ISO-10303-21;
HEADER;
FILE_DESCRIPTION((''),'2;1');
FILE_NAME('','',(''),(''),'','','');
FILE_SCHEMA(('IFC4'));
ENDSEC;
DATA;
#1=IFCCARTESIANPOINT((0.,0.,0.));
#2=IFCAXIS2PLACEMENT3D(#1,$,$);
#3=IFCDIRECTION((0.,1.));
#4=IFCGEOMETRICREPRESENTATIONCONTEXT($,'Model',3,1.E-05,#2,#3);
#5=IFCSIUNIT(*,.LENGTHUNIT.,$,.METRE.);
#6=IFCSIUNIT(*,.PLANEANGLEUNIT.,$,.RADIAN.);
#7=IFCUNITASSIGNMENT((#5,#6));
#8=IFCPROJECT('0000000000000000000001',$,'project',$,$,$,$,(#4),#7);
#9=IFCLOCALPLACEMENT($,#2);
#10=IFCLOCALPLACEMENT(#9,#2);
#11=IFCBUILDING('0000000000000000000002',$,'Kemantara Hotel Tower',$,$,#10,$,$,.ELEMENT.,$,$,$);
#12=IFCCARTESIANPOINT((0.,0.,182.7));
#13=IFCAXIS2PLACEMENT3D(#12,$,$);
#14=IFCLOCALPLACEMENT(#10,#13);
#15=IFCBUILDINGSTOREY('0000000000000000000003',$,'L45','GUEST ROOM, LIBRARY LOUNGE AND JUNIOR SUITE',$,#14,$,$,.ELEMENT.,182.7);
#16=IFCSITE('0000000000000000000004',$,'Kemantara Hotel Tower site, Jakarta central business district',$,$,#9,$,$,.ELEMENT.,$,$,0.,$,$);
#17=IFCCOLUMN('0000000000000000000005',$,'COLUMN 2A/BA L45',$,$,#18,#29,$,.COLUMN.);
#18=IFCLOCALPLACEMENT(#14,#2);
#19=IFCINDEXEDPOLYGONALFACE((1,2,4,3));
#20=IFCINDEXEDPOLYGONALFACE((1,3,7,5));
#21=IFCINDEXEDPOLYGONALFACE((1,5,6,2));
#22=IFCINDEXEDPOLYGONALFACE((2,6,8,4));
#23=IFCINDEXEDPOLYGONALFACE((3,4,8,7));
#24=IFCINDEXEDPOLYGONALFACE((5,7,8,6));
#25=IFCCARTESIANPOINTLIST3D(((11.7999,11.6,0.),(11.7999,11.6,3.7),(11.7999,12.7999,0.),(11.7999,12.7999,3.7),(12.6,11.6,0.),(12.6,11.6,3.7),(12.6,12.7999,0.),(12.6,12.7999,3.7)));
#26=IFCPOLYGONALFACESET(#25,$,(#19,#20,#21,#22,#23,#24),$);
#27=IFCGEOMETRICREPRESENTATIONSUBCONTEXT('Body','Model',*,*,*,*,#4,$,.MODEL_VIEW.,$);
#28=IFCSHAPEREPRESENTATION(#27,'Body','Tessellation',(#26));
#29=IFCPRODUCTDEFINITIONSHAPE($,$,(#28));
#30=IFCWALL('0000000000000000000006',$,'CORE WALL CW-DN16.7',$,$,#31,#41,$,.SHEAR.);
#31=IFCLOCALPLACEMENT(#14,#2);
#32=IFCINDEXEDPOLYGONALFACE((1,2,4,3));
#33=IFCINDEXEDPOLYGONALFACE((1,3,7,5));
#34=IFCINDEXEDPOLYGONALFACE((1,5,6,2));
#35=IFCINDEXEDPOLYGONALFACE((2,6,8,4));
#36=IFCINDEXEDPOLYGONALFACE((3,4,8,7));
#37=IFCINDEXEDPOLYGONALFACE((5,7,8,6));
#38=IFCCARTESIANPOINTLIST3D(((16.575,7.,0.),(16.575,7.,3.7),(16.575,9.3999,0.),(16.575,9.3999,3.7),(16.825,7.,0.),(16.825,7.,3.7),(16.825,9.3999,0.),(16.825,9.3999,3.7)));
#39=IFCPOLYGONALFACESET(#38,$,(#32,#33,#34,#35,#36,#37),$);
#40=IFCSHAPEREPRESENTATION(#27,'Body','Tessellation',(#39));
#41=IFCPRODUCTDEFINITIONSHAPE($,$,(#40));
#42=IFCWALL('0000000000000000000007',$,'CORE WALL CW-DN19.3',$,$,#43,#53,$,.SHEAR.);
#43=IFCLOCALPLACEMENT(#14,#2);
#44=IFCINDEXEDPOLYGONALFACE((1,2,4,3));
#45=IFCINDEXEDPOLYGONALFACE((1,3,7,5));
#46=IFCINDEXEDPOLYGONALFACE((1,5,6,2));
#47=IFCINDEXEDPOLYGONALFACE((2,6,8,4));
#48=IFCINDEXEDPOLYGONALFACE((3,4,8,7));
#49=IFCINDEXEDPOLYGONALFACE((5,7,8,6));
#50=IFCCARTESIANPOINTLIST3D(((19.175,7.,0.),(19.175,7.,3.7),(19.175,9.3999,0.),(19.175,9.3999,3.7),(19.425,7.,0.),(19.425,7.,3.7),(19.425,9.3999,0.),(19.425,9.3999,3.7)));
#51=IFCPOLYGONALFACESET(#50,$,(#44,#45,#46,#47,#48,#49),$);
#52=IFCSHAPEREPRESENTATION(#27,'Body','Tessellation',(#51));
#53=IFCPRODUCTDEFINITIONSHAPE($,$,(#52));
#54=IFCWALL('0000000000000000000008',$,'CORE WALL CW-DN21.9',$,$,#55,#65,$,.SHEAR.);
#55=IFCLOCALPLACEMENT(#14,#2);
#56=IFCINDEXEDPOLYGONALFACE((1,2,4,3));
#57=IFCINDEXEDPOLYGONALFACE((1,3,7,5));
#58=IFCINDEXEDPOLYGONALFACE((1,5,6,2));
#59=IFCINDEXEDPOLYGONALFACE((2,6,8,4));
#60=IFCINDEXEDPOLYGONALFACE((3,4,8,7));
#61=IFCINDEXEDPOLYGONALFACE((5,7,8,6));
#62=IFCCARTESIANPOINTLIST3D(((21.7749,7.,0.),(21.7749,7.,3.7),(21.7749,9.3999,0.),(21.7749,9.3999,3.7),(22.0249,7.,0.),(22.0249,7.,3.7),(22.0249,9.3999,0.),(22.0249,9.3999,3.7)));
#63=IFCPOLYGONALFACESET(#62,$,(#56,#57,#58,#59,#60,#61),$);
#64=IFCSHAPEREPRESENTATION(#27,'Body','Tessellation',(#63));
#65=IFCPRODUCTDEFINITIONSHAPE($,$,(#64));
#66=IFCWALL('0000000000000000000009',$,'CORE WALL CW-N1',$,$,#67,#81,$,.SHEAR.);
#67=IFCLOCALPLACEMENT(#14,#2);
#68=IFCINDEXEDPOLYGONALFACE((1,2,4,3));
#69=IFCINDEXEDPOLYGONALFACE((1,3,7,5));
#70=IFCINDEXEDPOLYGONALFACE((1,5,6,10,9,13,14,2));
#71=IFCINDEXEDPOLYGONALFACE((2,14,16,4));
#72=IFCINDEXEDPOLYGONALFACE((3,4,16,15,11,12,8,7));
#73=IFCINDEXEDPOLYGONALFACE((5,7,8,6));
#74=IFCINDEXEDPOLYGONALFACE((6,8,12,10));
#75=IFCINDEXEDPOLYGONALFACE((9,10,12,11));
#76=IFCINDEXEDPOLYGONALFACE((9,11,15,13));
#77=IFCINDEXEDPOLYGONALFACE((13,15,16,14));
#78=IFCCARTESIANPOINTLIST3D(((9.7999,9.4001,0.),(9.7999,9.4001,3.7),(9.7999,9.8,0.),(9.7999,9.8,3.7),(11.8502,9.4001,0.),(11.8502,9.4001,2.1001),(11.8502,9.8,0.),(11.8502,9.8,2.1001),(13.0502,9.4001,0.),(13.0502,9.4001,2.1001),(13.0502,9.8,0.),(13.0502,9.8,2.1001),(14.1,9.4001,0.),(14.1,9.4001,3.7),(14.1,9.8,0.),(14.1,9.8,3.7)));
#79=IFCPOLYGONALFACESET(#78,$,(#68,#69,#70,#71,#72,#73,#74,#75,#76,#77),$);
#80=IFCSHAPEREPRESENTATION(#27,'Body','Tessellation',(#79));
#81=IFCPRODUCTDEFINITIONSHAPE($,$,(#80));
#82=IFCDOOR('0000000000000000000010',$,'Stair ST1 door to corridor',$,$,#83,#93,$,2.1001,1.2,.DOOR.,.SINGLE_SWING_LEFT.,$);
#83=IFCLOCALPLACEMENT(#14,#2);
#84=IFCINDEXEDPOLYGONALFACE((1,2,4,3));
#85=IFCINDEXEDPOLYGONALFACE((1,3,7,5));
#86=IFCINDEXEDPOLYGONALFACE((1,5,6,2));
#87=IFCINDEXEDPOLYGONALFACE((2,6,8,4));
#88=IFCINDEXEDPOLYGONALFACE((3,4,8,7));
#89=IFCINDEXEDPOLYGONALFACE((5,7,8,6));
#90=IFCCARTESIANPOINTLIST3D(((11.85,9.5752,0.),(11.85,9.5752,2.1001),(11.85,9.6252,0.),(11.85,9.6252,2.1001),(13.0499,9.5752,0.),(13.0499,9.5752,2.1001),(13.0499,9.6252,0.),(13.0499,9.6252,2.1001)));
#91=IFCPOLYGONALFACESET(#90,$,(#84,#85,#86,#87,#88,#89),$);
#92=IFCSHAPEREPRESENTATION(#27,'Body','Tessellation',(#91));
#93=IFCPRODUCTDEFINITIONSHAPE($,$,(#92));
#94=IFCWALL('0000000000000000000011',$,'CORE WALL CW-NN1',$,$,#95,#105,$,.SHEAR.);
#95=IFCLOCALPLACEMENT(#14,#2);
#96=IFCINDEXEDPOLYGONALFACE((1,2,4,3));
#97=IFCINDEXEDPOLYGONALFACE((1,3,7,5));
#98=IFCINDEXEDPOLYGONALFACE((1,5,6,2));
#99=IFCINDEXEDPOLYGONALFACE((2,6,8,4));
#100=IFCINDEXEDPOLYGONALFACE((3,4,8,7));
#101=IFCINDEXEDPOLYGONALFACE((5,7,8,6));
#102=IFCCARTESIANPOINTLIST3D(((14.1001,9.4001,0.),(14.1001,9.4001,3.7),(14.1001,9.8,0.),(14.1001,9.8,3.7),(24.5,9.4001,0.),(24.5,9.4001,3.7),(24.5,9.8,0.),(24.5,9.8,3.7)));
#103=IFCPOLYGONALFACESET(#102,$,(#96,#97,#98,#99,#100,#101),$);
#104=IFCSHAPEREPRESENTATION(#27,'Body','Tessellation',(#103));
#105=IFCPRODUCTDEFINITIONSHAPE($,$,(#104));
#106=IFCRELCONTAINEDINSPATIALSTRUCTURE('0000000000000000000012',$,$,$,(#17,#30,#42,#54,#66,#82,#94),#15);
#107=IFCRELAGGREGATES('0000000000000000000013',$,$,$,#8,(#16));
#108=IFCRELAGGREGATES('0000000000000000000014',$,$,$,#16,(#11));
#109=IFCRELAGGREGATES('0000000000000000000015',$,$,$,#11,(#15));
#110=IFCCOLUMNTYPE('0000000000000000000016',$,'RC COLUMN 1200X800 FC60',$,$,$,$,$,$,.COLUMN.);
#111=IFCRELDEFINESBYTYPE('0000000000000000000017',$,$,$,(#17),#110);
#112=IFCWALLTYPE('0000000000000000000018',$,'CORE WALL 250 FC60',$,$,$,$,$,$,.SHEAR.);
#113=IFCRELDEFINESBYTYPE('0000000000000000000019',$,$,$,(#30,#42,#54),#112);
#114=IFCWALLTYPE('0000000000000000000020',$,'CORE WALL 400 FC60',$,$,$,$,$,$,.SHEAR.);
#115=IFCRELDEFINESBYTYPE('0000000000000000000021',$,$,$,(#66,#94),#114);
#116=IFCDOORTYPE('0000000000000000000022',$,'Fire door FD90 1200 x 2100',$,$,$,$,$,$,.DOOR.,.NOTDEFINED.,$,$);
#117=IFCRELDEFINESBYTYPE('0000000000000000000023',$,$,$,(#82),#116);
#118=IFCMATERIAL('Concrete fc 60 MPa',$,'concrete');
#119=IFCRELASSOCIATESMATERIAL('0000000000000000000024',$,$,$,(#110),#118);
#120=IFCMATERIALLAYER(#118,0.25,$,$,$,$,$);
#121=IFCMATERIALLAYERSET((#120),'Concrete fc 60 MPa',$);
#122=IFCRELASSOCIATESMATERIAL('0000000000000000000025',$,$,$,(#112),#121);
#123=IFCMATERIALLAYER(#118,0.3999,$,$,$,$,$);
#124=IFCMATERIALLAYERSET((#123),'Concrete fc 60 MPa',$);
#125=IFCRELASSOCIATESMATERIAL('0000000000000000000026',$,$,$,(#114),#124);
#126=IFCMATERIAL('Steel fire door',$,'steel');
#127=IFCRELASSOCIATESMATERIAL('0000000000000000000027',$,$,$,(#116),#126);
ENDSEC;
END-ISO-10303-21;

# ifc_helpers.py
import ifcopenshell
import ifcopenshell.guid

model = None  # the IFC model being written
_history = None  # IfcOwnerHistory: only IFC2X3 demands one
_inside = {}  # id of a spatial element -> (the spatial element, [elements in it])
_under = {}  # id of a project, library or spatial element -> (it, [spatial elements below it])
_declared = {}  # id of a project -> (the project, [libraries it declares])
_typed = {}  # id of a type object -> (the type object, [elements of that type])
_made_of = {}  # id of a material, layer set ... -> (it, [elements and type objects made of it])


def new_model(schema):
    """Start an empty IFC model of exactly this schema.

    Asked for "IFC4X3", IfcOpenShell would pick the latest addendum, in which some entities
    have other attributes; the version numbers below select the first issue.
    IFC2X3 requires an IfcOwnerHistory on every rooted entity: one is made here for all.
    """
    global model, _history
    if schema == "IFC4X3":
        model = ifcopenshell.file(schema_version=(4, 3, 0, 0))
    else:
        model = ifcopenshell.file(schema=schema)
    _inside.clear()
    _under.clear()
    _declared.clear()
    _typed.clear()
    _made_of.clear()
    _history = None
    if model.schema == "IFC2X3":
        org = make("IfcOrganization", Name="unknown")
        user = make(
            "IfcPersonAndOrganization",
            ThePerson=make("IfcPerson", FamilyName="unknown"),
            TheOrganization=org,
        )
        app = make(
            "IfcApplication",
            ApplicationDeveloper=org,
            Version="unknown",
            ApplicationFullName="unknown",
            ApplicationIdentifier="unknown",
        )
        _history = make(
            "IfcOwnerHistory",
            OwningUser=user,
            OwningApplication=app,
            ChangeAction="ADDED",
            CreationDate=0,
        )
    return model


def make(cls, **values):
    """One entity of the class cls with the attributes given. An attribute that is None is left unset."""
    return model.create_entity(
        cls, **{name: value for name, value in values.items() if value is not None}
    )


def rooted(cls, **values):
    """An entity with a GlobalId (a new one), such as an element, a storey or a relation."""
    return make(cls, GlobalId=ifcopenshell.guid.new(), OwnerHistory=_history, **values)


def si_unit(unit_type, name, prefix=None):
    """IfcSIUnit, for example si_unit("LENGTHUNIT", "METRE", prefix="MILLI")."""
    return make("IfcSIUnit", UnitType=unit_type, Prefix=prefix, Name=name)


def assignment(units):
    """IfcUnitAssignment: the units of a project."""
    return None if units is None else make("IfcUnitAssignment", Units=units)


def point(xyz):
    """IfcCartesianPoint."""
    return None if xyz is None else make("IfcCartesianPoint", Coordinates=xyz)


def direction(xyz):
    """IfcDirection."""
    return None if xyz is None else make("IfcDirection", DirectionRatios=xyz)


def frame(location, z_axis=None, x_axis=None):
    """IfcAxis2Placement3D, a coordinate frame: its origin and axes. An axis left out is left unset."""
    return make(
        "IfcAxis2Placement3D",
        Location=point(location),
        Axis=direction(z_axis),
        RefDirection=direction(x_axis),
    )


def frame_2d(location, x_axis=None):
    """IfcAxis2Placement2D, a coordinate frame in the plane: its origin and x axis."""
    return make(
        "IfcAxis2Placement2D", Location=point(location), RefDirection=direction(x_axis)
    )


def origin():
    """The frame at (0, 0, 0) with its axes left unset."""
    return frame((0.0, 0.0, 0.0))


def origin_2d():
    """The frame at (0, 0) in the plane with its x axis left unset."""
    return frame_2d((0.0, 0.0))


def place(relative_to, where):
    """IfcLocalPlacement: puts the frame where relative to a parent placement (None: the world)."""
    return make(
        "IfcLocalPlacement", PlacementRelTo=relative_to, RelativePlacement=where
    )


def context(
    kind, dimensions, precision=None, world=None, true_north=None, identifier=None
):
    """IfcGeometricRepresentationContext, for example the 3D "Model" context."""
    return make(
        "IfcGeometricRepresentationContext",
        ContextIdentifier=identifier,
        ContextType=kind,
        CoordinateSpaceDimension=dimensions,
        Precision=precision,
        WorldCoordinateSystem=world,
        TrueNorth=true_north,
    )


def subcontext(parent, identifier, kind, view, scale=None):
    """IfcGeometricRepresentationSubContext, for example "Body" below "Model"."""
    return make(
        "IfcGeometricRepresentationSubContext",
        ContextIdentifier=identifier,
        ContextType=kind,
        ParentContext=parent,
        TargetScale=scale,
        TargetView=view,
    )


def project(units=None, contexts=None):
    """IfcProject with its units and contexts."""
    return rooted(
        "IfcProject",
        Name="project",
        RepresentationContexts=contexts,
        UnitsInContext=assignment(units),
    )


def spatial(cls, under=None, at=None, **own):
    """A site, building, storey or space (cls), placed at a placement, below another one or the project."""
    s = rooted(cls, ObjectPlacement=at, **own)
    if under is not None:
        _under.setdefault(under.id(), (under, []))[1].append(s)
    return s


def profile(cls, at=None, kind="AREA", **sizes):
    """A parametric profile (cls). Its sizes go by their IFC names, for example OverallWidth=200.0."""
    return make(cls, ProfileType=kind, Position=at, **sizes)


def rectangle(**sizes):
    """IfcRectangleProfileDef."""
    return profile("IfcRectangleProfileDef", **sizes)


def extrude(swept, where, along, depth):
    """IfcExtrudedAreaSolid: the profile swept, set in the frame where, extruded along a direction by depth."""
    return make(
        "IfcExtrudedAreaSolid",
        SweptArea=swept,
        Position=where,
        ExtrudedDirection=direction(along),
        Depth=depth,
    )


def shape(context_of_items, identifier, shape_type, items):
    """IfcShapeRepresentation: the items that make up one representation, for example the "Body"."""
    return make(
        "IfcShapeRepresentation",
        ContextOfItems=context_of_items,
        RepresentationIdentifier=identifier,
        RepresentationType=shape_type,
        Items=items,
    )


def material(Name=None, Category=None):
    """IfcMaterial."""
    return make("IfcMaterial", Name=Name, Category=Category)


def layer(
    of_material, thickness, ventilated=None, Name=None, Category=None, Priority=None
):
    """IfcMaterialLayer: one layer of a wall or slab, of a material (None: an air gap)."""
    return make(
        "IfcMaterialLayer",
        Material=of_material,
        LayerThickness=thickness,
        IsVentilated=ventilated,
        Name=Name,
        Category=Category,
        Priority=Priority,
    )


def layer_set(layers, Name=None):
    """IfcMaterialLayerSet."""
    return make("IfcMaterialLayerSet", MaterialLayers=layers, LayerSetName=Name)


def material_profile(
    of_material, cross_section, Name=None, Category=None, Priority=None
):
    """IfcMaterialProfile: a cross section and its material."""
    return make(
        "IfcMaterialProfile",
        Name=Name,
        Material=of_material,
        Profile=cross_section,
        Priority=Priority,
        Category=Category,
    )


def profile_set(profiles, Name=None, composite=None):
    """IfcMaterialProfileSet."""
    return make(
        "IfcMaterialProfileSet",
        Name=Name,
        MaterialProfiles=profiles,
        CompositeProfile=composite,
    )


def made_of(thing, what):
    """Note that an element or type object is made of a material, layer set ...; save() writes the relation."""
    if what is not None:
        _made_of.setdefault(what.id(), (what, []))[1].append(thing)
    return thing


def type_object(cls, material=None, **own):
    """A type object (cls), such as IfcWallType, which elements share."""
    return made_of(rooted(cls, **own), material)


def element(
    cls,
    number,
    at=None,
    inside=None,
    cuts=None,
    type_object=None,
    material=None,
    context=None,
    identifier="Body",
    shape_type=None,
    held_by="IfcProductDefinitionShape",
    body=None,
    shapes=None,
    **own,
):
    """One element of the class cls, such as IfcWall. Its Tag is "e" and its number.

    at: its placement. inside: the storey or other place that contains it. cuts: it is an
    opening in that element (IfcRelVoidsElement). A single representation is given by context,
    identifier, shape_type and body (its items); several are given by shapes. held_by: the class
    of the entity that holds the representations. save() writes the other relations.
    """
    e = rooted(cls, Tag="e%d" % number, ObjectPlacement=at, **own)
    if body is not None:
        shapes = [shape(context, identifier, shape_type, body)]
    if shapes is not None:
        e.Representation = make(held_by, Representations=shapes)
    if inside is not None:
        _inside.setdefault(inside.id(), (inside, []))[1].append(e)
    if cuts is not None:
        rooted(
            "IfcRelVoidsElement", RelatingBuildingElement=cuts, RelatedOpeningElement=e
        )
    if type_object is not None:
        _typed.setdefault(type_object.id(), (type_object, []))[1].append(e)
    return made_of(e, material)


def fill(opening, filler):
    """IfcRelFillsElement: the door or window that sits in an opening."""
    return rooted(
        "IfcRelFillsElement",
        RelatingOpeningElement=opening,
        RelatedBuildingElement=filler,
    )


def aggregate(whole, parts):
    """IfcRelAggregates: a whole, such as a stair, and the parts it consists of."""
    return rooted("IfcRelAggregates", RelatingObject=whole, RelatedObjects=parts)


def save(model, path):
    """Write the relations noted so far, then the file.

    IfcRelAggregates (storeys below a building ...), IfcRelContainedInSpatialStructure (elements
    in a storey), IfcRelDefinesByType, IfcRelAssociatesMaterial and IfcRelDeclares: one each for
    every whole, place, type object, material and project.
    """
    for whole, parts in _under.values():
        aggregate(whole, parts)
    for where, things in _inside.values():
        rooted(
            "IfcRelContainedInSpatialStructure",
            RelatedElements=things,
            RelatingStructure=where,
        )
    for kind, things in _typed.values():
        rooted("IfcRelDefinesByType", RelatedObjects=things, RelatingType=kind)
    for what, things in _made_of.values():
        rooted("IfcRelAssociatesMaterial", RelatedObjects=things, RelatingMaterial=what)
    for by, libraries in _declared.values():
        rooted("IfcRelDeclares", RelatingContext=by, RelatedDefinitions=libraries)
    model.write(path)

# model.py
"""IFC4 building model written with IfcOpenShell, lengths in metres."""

from ifc_helpers import new_model, si_unit, direction, frame, frame_2d, origin, origin_2d, place, context, subcontext, project, spatial, rectangle, extrude, material, layer, layer_set, material_profile, profile_set, type_object, element, fill, save


model = new_model("IFC4")

# Units and contexts
model_context = context("Model", 3, precision=1e-05, world=origin(), true_north=direction((0.0, 1.0)))
body_context = subcontext(model_context, "Body", "Model", "MODEL_VIEW")
ifc_project = project(units=[si_unit("LENGTHUNIT", "METRE"), si_unit("PLANEANGLEUNIT", "RADIAN")], contexts=[model_context])

# Site, building, storey
site_placement = place(None, origin())
site = spatial("IfcSite", under=ifc_project, at=site_placement, Name="Kemantara Hotel Tower site, Jakarta central business district", CompositionType="ELEMENT", RefElevation=0.0)
building_placement = place(site_placement, origin())
building = spatial("IfcBuilding", under=site, at=building_placement, Name="Kemantara Hotel Tower", CompositionType="ELEMENT")
storey_placement = place(building_placement, frame((0.0, 0.0, 182.7)))
storey = spatial("IfcBuildingStorey", under=building, at=storey_placement, Name="L45", Description="GUEST ROOM, LIBRARY LOUNGE AND JUNIOR SUITE", CompositionType="ELEMENT", Elevation=182.7)

# Column
ifc_material_1 = material(Name="Concrete fc 60 MPa", Category="concrete")
ifc_material_profile = material_profile(ifc_material_1, rectangle(XDim=1.2, YDim=0.8, at=origin_2d()), Name="RC 1200X800")
ifc_profile_set = profile_set([ifc_material_profile], Name="Concrete fc 60 MPa")
column_type = type_object("IfcColumnType", Name="RC COLUMN 1200X800 FC60", PredefinedType="COLUMN", material=ifc_profile_set)
column_placement = place(storey_placement, frame((12.2, 12.2, 0.0), z_axis=(0.0, 0.0, 1.0), x_axis=(0.0, 1.0, 0.0)))
element("IfcColumn", 1, at=column_placement, inside=storey, type_object=column_type, Name="COLUMN 2A/BA L45", PredefinedType="COLUMN", context=body_context, shape_type="SweptSolid", body=[
    extrude(rectangle(XDim=1.2, YDim=0.8, at=origin_2d()), origin(), (0.0, 0.0, 1.0), 3.7),
])

# Walls
ifc_layer_1 = layer(ifc_material_1, 0.25)
ifc_layer_set_1 = layer_set([ifc_layer_1], Name="Concrete fc 60 MPa")
wall_type_1 = type_object("IfcWallType", Name="CORE WALL 250 FC60", PredefinedType="SHEAR", material=ifc_layer_set_1)
for number, where, z_axis, x_axis, name in (
    (2, (16.7, 7.0, 0.0), (0.0, 0.0, 1.0), (0.0, 1.0, 0.0), "CORE WALL CW-DN16.7"),
    (3, (19.3, 7.0, 0.0), (0.0, 0.0, 1.0), (0.0, 1.0, 0.0), "CORE WALL CW-DN19.3"),
    (4, (21.8999, 7.0, 0.0), (0.0, 0.0, 1.0), (0.0, 1.0, 0.0), "CORE WALL CW-DN21.9"),
):
    element("IfcWall", number, at=place(storey_placement, frame(where, z_axis=z_axis, x_axis=x_axis)), inside=storey, type_object=wall_type_1, Name=name, PredefinedType="SHEAR", context=body_context, shape_type="SweptSolid", body=[
        extrude(rectangle(XDim=2.3999, YDim=0.25, at=frame_2d((1.2, 0.0))), origin(), (0.0, 0.0, 1.0), 3.7),
    ])

# Wall, opening, door
ifc_layer_2 = layer(ifc_material_1, 0.3999)
ifc_layer_set_2 = layer_set([ifc_layer_2], Name="Concrete fc 60 MPa")
wall_type_2 = type_object("IfcWallType", Name="CORE WALL 400 FC60", PredefinedType="SHEAR", material=ifc_layer_set_2)
wall_1_placement = place(storey_placement, frame((9.8, 9.6001, 0.0), z_axis=(0.0, 0.0, 1.0), x_axis=(1.0, 0.0, 0.0)))
wall_1 = element("IfcWall", 5, at=wall_1_placement, inside=storey, type_object=wall_type_2, Name="CORE WALL CW-N1", PredefinedType="SHEAR", context=body_context, shape_type="SweptSolid", body=[
    extrude(rectangle(XDim=4.3, YDim=0.3999, at=frame_2d((2.1499, 0.0))), origin(), (0.0, 0.0, 1.0), 3.7),
])
opening_1_placement = place(wall_1_placement, frame((2.05, 0.0, 0.0)))
opening_1 = element("IfcOpeningElement", 6, at=opening_1_placement, cuts=wall_1, PredefinedType="OPENING", context=body_context, shape_type="SweptSolid", body=[
    extrude(rectangle(XDim=1.2, YDim=2.1001, at=frame_2d((0.6001, 1.05))), frame((0.0, 0.21, 0.0), z_axis=(0.0, -1.0, 0.0), x_axis=(1.0, 0.0, 0.0)), (0.0, 0.0, 1.0), 0.4199),
])
ifc_material_2 = material(Name="Steel fire door", Category="steel")
door_type_1 = type_object("IfcDoorType", Name="Fire door FD90 1200 x 2100", OperationType="NOTDEFINED", PredefinedType="DOOR", material=ifc_material_2)
door_1_placement = place(opening_1_placement, frame((1.2, 0.0, 0.0), z_axis=(0.0, 0.0, 1.0), x_axis=(-1.0, 0.0, 0.0)))
door_1 = element("IfcDoor", 7, at=door_1_placement, inside=storey, type_object=door_type_1, Name="Stair ST1 door to corridor", OperationType="SINGLE_SWING_LEFT", OverallHeight=2.1001, OverallWidth=1.2, PredefinedType="DOOR", context=body_context, shape_type="SweptSolid", body=[
    extrude(rectangle(XDim=1.2, YDim=2.1001, at=frame_2d((0.6001, 1.05))), frame((0.0, 0.0249, 0.0), z_axis=(0.0, -1.0, 0.0), x_axis=(1.0, 0.0, 0.0)), (0.0, 0.0, 1.0), 0.05),
])
fill(opening_1, door_1)

# Wall
wall_2_placement = place(storey_placement, frame((14.1001, 9.6001, 0.0), z_axis=(0.0, 0.0, 1.0), x_axis=(1.0, 0.0, 0.0)))
element("IfcWall", 8, at=wall_2_placement, inside=storey, type_object=wall_type_2, Name="CORE WALL CW-NN1", PredefinedType="SHEAR", context=body_context, shape_type="SweptSolid", body=[
    extrude(rectangle(XDim=10.3999, YDim=0.3999, at=frame_2d((5.2, 0.0))), origin(), (0.0, 0.0, 1.0), 3.7),
])

save(model, "model.ifc")
